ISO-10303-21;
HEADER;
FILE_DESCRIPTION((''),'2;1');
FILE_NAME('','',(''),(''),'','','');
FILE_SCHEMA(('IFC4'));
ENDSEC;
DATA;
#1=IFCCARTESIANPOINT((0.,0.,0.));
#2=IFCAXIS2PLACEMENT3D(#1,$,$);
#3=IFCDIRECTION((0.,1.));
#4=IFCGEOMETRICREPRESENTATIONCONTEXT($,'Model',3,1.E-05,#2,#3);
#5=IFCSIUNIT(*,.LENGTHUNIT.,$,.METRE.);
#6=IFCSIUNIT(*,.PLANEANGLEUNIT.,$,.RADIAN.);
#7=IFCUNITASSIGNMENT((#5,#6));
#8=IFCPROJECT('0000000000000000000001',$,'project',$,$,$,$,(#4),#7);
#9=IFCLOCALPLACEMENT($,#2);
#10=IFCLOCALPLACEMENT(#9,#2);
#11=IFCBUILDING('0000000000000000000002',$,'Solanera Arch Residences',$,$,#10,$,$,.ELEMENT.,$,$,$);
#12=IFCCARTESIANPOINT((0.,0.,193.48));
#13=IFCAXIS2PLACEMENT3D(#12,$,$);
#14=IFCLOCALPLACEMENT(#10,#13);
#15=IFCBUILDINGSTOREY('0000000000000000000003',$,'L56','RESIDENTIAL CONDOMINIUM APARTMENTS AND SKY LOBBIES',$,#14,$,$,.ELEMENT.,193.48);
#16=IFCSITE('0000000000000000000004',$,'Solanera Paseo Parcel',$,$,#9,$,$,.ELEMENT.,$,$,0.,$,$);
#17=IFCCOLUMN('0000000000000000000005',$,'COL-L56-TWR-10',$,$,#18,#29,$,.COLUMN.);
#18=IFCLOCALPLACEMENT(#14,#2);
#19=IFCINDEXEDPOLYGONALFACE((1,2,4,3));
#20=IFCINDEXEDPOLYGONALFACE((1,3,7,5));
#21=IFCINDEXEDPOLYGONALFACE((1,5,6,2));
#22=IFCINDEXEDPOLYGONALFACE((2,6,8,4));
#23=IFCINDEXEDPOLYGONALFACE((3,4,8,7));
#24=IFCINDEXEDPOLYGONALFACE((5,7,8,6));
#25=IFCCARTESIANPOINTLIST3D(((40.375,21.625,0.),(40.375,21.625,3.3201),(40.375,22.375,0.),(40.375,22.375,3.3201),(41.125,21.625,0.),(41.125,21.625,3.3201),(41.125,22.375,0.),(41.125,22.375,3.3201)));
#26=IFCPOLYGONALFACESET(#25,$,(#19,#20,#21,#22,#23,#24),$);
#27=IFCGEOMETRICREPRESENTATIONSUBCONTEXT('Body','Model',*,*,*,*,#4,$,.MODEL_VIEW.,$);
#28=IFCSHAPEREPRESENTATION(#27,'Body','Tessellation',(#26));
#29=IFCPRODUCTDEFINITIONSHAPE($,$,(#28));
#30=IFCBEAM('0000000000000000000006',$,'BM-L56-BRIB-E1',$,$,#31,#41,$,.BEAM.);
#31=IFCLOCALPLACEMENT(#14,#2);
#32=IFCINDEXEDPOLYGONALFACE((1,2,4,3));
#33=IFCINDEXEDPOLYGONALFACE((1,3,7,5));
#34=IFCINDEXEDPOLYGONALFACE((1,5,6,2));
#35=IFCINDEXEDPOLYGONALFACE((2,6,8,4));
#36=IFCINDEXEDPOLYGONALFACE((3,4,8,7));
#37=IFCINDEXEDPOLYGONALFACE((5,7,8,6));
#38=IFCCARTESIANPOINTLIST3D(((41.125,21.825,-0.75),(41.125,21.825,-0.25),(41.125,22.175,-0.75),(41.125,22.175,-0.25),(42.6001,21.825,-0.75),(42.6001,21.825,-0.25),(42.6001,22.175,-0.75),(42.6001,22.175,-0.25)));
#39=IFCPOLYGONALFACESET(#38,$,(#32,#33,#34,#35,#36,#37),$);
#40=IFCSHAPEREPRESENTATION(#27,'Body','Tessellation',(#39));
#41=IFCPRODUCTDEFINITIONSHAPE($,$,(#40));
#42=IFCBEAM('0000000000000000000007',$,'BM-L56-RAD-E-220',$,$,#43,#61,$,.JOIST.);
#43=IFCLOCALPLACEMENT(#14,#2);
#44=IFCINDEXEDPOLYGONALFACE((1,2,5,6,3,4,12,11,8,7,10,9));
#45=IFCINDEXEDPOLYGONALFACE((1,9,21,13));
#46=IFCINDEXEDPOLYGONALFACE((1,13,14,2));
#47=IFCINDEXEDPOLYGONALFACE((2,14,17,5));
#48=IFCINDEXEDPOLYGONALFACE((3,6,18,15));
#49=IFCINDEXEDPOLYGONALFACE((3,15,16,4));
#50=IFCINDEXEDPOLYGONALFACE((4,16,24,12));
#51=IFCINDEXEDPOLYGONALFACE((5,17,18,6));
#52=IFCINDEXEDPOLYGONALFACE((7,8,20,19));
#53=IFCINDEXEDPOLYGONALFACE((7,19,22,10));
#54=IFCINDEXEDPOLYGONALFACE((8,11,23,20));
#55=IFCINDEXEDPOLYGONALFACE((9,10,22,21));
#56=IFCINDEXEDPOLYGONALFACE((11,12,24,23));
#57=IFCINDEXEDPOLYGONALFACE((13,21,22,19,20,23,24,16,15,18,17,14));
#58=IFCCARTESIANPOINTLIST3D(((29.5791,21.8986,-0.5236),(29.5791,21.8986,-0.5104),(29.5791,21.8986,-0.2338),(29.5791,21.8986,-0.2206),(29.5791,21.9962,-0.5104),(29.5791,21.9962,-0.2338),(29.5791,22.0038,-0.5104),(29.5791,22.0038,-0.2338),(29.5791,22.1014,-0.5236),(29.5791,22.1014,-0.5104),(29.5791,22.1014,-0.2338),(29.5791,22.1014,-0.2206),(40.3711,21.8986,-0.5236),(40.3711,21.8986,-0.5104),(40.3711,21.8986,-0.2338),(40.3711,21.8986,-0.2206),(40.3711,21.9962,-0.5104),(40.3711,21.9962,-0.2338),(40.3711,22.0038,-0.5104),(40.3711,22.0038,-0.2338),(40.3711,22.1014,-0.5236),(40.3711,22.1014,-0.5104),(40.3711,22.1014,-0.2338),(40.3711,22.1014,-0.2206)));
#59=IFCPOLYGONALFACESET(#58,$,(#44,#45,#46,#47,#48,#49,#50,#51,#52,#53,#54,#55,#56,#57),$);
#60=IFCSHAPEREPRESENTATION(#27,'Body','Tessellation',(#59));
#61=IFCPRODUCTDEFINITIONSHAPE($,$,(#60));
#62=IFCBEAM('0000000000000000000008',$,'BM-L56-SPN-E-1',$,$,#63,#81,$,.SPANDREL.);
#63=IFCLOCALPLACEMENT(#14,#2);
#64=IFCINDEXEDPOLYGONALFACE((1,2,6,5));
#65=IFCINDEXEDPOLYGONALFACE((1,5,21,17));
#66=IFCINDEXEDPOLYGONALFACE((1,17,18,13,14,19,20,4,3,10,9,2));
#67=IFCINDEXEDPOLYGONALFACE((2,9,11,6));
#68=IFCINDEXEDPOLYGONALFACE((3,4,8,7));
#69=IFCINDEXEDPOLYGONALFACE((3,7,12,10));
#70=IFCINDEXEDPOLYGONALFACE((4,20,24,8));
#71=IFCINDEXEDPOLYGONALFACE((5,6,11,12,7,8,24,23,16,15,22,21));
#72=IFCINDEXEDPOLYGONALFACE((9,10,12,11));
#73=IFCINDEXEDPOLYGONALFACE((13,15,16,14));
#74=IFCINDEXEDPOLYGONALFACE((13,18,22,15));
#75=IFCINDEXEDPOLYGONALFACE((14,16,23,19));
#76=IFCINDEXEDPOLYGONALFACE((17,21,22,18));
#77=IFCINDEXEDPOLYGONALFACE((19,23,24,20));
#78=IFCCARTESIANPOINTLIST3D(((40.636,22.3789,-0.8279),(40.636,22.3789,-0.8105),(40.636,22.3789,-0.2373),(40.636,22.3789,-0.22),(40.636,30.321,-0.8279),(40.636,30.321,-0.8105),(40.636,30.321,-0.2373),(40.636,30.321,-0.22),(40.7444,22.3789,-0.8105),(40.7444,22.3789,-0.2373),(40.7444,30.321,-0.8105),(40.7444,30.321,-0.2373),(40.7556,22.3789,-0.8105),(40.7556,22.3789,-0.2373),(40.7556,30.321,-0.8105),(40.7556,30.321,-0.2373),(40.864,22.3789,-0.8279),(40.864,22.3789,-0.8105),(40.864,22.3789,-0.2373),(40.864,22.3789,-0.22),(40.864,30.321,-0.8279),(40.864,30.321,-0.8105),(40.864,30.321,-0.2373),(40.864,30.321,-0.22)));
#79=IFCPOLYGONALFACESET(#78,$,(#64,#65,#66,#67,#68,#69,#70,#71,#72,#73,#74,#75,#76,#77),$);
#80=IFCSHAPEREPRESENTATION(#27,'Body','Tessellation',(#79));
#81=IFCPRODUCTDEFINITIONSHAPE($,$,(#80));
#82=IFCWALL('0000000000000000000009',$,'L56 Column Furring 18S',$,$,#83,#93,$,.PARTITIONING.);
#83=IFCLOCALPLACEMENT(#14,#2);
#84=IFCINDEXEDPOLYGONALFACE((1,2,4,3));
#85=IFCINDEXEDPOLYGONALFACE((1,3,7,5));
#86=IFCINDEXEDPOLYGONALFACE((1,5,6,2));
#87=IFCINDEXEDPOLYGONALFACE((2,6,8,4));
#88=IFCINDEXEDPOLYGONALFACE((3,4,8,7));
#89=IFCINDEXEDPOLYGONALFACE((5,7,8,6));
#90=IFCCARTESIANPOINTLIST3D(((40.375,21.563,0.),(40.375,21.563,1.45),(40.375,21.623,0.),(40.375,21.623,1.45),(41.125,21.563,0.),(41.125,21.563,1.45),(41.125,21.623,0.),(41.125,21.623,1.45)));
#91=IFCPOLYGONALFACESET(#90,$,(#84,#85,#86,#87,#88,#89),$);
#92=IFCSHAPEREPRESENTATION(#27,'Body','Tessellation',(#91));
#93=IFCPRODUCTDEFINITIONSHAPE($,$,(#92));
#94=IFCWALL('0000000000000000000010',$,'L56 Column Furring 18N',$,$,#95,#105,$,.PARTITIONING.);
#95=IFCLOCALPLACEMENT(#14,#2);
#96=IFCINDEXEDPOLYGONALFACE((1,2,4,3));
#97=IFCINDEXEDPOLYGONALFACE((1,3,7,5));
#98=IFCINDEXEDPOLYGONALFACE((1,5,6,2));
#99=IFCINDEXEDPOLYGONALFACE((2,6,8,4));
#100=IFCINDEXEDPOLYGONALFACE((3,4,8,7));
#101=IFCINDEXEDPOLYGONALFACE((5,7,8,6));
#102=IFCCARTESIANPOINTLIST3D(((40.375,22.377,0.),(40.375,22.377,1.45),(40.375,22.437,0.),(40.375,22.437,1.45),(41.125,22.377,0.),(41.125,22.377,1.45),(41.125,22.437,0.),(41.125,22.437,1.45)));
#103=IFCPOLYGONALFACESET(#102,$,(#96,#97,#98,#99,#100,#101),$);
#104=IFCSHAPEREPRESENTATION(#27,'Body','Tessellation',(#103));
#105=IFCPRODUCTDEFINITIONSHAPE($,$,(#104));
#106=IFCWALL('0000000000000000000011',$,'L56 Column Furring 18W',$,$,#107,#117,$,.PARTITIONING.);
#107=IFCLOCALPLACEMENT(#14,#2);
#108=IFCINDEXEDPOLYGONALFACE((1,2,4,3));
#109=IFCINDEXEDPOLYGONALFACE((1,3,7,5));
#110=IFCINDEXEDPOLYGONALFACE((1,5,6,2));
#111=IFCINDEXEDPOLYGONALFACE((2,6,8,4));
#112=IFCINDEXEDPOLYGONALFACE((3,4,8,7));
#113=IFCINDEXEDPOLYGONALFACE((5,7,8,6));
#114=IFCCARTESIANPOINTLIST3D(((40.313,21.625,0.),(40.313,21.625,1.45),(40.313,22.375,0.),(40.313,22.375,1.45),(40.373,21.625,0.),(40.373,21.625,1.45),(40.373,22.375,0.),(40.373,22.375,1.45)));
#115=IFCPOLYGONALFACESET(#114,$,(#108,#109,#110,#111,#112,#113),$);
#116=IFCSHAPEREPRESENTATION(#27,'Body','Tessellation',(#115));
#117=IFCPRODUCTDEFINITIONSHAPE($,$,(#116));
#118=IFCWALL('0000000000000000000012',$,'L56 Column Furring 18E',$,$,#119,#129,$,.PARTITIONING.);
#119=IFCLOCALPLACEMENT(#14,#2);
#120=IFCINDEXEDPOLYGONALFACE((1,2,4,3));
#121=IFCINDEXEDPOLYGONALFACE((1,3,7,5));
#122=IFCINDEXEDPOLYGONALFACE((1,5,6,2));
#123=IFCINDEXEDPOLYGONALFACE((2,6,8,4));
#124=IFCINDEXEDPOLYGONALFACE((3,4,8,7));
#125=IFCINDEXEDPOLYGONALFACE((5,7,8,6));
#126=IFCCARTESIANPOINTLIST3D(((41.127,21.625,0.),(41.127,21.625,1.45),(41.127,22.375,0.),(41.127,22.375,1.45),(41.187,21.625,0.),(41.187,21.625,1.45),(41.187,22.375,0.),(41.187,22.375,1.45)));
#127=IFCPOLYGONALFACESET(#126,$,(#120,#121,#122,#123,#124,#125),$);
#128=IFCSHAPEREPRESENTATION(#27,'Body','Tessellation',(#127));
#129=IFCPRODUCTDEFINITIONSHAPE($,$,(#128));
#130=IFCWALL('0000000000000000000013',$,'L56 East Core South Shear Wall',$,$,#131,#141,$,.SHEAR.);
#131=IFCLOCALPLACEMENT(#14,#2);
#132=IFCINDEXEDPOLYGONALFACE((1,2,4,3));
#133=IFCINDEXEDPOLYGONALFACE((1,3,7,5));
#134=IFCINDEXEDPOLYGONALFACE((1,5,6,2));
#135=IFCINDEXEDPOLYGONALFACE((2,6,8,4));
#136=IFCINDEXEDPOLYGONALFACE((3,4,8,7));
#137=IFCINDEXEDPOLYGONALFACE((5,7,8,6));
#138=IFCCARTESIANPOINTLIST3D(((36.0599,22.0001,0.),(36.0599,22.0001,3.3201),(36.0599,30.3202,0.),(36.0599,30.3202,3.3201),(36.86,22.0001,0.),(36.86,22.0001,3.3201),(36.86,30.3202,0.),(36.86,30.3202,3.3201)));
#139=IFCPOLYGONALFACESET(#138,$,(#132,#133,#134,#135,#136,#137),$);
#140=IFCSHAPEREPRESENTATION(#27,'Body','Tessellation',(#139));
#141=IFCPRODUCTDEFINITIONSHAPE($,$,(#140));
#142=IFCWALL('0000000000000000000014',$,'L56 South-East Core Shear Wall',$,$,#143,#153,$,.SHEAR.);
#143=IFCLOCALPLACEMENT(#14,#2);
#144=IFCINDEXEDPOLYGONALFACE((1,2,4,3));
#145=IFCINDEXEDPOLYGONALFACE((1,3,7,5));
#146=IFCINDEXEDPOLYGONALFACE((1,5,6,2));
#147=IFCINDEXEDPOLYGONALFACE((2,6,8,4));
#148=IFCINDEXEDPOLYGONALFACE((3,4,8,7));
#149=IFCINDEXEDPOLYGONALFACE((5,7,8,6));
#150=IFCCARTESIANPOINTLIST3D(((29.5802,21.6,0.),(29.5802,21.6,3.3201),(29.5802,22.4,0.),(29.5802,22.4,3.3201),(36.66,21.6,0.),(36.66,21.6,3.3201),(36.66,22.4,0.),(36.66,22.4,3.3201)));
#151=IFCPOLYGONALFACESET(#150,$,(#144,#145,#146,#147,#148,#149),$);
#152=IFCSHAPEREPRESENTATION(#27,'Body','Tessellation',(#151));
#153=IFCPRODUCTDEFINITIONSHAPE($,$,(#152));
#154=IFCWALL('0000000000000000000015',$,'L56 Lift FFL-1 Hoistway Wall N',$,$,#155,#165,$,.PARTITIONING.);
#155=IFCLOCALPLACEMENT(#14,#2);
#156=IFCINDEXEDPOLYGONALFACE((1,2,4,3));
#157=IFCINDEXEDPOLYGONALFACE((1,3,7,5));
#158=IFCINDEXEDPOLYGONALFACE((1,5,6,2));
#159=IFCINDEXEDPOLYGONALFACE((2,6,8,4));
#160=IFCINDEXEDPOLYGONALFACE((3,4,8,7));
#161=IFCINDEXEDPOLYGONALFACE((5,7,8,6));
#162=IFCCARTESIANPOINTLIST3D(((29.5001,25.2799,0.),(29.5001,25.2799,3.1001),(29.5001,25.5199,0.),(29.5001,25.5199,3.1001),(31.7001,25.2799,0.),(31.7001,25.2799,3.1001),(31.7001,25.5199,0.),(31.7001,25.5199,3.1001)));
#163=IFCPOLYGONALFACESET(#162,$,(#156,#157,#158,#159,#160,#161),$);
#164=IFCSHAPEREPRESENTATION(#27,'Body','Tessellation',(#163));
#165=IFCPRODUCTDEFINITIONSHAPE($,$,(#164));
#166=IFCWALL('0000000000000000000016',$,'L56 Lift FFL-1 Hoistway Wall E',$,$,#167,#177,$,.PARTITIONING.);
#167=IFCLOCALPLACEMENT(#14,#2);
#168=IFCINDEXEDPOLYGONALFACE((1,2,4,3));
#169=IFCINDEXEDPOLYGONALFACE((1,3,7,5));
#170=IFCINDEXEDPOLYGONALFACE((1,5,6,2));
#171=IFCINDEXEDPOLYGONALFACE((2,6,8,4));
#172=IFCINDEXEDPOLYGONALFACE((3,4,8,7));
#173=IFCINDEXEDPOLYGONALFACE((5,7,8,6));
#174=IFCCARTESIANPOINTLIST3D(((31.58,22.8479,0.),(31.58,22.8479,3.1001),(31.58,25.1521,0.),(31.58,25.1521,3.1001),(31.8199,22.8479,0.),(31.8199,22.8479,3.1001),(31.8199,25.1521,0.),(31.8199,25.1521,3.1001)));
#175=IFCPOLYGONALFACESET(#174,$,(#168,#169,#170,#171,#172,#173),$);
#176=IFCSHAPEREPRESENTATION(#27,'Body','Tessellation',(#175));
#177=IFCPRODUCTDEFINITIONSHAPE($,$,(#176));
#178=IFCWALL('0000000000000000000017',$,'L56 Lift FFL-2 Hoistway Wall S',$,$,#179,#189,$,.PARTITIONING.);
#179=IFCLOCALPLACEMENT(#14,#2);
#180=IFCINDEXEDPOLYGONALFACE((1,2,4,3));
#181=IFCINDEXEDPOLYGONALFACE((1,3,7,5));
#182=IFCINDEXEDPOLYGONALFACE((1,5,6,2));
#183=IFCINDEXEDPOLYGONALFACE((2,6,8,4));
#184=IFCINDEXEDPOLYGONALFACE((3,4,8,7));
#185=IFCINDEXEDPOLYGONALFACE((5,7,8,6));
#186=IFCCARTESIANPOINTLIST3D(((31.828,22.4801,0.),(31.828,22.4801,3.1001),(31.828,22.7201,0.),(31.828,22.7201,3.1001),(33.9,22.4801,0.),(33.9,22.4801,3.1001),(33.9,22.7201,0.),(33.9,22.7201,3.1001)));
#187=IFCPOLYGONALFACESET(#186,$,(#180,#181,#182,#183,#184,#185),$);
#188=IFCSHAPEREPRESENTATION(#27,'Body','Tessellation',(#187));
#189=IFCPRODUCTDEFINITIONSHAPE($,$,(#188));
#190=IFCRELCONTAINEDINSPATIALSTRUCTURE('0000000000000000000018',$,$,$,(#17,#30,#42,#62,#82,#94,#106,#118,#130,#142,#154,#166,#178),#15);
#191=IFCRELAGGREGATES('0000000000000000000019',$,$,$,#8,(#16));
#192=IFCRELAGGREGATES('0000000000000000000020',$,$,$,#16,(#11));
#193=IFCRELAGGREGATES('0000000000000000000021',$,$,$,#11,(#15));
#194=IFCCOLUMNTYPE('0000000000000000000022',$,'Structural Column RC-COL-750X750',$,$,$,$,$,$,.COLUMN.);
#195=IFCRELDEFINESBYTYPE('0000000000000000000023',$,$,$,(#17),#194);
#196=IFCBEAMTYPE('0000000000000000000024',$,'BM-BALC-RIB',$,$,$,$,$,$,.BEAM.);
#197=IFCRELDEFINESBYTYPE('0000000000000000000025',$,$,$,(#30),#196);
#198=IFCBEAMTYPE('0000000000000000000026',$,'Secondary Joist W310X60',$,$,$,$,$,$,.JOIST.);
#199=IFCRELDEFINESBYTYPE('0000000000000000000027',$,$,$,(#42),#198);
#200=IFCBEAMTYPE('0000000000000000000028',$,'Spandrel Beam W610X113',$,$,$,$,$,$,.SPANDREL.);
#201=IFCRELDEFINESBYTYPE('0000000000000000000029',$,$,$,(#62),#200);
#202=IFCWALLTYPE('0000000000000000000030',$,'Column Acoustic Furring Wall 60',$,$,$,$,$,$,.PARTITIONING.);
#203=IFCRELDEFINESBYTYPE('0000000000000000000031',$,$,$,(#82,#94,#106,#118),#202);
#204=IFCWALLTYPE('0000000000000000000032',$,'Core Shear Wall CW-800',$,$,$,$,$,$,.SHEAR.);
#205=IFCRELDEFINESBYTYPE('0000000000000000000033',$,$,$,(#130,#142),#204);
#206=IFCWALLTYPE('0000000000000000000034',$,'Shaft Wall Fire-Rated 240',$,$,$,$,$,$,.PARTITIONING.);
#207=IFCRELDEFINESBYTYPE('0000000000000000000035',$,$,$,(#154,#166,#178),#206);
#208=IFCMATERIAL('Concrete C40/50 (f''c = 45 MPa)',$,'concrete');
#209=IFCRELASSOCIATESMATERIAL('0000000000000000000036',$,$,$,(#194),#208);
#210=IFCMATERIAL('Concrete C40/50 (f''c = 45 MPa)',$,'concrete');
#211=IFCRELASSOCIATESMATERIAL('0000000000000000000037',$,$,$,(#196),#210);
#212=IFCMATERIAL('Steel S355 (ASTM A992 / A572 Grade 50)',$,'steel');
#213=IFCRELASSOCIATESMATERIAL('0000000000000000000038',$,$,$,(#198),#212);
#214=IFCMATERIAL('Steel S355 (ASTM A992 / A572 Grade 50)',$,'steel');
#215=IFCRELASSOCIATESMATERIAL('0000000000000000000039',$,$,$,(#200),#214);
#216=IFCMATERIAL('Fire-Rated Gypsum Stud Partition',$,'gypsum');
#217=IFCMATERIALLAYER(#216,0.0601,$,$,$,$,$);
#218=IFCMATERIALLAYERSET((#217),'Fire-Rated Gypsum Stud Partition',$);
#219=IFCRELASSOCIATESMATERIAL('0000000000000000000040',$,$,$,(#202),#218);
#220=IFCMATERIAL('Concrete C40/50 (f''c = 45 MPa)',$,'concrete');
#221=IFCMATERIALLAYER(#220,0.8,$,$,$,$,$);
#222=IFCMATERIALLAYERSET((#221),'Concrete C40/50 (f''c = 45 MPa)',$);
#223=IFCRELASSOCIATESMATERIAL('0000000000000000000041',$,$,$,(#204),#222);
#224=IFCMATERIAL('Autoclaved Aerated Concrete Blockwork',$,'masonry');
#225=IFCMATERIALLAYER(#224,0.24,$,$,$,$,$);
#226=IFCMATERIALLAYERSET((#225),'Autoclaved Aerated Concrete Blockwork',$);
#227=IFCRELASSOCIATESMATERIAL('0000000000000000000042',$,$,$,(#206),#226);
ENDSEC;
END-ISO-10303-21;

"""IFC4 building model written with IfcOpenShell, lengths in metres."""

from ifc_helpers import new_model, si_unit, direction, frame, frame_2d, origin, origin_2d, place, context, subcontext, project, spatial, rectangle, i_section, extrude, material, layer, layer_set, material_profile, profile_set, type_object, element, save


model = new_model("IFC4")

# Units and contexts
model_context = context("Model", 3, precision=1e-05, world=origin(), true_north=direction((0.0, 1.0)))
body_context = subcontext(model_context, "Body", "Model", "MODEL_VIEW")
ifc_project = project(units=[si_unit("LENGTHUNIT", "METRE"), si_unit("PLANEANGLEUNIT", "RADIAN")], contexts=[model_context])

# Site, building, storey
site_placement = place(None, origin())
site = spatial("IfcSite", under=ifc_project, at=site_placement, Name="Solanera Paseo Parcel", CompositionType="ELEMENT", RefElevation=0.0)
building_placement = place(site_placement, origin())
building = spatial("IfcBuilding", under=site, at=building_placement, Name="Solanera Arch Residences", CompositionType="ELEMENT")
storey_placement = place(building_placement, frame((0.0, 0.0, 193.48)))
storey = spatial("IfcBuildingStorey", under=building, at=storey_placement, Name="L56", Description="RESIDENTIAL CONDOMINIUM APARTMENTS AND SKY LOBBIES", CompositionType="ELEMENT", Elevation=193.48)

# Column
ifc_material_1 = material(Name="Concrete C40/50 (f'c = 45 MPa)", Category="concrete")
ifc_material_profile_1 = material_profile(ifc_material_1, rectangle(XDim=0.75, YDim=0.75, at=origin_2d()))
ifc_profile_set_1 = profile_set([ifc_material_profile_1], Name="Concrete C40/50 (f'c = 45 MPa)")
column_type = type_object("IfcColumnType", Name="Structural Column RC-COL-750X750", PredefinedType="COLUMN", material=ifc_profile_set_1)
column_placement = place(storey_placement, frame((40.75, 22.0, 0.0), z_axis=(0.0, 0.0, 1.0), x_axis=(1.0, 0.0, 0.0)))
element("IfcColumn", 1, at=column_placement, inside=storey, type_object=column_type, Name="COL-L56-TWR-10", PredefinedType="COLUMN", context=body_context, shape_type="SweptSolid", body=[
    extrude(rectangle(XDim=0.75, YDim=0.75, at=origin_2d()), origin(), (0.0, 0.0, 1.0), 3.3201),
])

# Beams
ifc_material_2 = material(Name="Concrete C40/50 (f'c = 45 MPa)", Category="concrete")
ifc_material_profile_2 = material_profile(ifc_material_2, rectangle(XDim=0.3501, YDim=0.5, at=origin_2d()))
ifc_profile_set_2 = profile_set([ifc_material_profile_2], Name="Concrete C40/50 (f'c = 45 MPa)")
beam_type_1 = type_object("IfcBeamType", Name="BM-BALC-RIB", PredefinedType="BEAM", material=ifc_profile_set_2)
beam_1_placement = place(storey_placement, frame((41.125, 22.0, -0.5), z_axis=(1.0, 0.0, 0.0), x_axis=(0.0, 1.0, 0.0)))
element("IfcBeam", 2, at=beam_1_placement, inside=storey, type_object=beam_type_1, Name="BM-L56-BRIB-E1", PredefinedType="BEAM", context=body_context, shape_type="SweptSolid", body=[
    extrude(rectangle(XDim=0.3501, YDim=0.5, at=origin_2d()), origin(), (0.0, 0.0, 1.0), 1.4751),
])
ifc_material_3 = material(Name="Steel S355 (ASTM A992 / A572 Grade 50)", Category="steel")
ifc_material_profile_3 = material_profile(ifc_material_3, i_section(OverallWidth=0.2029, OverallDepth=0.303, WebThickness=0.0076, FlangeThickness=0.0132, at=origin_2d()))
ifc_profile_set_3 = profile_set([ifc_material_profile_3], Name="Steel S355 (ASTM A992 / A572 Grade 50)")
beam_type_2 = type_object("IfcBeamType", Name="Secondary Joist W310X60", PredefinedType="JOIST", material=ifc_profile_set_3)
beam_2_placement = place(storey_placement, frame((29.5791, 22.0, -0.3721), z_axis=(1.0, 0.0, 0.0), x_axis=(0.0, 1.0, 0.0)))
element("IfcBeam", 3, at=beam_2_placement, inside=storey, type_object=beam_type_2, Name="BM-L56-RAD-E-220", PredefinedType="JOIST", context=body_context, shape_type="SweptSolid", body=[
    extrude(i_section(OverallWidth=0.2029, OverallDepth=0.303, WebThickness=0.0076, FlangeThickness=0.0132, at=origin_2d()), origin(), (0.0, 0.0, 1.0), 10.792),
])
ifc_material_4 = material(Name="Steel S355 (ASTM A992 / A572 Grade 50)", Category="steel")
ifc_material_profile_4 = material_profile(ifc_material_4, i_section(OverallWidth=0.228, OverallDepth=0.6079, WebThickness=0.0112, FlangeThickness=0.0173, at=origin_2d()))
ifc_profile_set_4 = profile_set([ifc_material_profile_4], Name="Steel S355 (ASTM A992 / A572 Grade 50)")
beam_type_3 = type_object("IfcBeamType", Name="Spandrel Beam W610X113", PredefinedType="SPANDREL", material=ifc_profile_set_4)
beam_3_placement = place(storey_placement, frame((40.75, 22.3789, -0.5239), z_axis=(0.0, 1.0, 0.0), x_axis=(-1.0, 0.0, 0.0)))
element("IfcBeam", 4, at=beam_3_placement, inside=storey, type_object=beam_type_3, Name="BM-L56-SPN-E-1", PredefinedType="SPANDREL", context=body_context, shape_type="SweptSolid", body=[
    extrude(i_section(OverallWidth=0.228, OverallDepth=0.6079, WebThickness=0.0112, FlangeThickness=0.0173, at=origin_2d()), origin(), (0.0, 0.0, 1.0), 7.9421),
])

# Walls
ifc_material_5 = material(Name="Fire-Rated Gypsum Stud Partition", Category="gypsum")
ifc_layer_1 = layer(ifc_material_5, 0.0601)
ifc_layer_set_1 = layer_set([ifc_layer_1], Name="Fire-Rated Gypsum Stud Partition")
wall_type_1 = type_object("IfcWallType", Name="Column Acoustic Furring Wall 60", PredefinedType="PARTITIONING", material=ifc_layer_set_1)
for number, where, z_axis, x_axis, name in (
    (5, (40.375, 21.593, 0.0), (0.0, 0.0, 1.0), (1.0, 0.0, 0.0), "L56 Column Furring 18S"),
    (6, (40.375, 22.407, 0.0), (0.0, 0.0, 1.0), (1.0, 0.0, 0.0), "L56 Column Furring 18N"),
    (7, (40.343, 21.625, 0.0), (0.0, 0.0, 1.0), (0.0, 1.0, 0.0), "L56 Column Furring 18W"),
    (8, (41.157, 21.625, 0.0), (0.0, 0.0, 1.0), (0.0, 1.0, 0.0), "L56 Column Furring 18E"),
):
    element("IfcWall", number, at=place(storey_placement, frame(where, z_axis=z_axis, x_axis=x_axis)), inside=storey, type_object=wall_type_1, Name=name, PredefinedType="PARTITIONING", context=body_context, shape_type="SweptSolid", body=[
        extrude(rectangle(XDim=0.75, YDim=0.0601, at=frame_2d((0.375, 0.0))), origin(), (0.0, 0.0, 1.0), 1.45),
    ])
ifc_material_6 = material(Name="Concrete C40/50 (f'c = 45 MPa)", Category="concrete")
ifc_layer_2 = layer(ifc_material_6, 0.8)
ifc_layer_set_2 = layer_set([ifc_layer_2], Name="Concrete C40/50 (f'c = 45 MPa)")
wall_type_2 = type_object("IfcWallType", Name="Core Shear Wall CW-800", PredefinedType="SHEAR", material=ifc_layer_set_2)
wall_1_placement = place(storey_placement, frame((36.46, 22.0, 0.0), z_axis=(0.0, 0.0, 1.0), x_axis=(0.0, 1.0, 0.0)))
element("IfcWall", 9, at=wall_1_placement, inside=storey, type_object=wall_type_2, Name="L56 East Core South Shear Wall", PredefinedType="SHEAR", context=body_context, shape_type="SweptSolid", body=[
    extrude(rectangle(XDim=8.3201, YDim=0.8, at=frame_2d((4.1602, 0.0))), origin(), (0.0, 0.0, 1.0), 3.3201),
])
wall_2_placement = place(storey_placement, frame((29.5801, 22.0, 0.0), z_axis=(0.0, 0.0, 1.0), x_axis=(1.0, 0.0, 0.0)))
element("IfcWall", 10, at=wall_2_placement, inside=storey, type_object=wall_type_2, Name="L56 South-East Core Shear Wall", PredefinedType="SHEAR", context=body_context, shape_type="SweptSolid", body=[
    extrude(rectangle(XDim=7.0798, YDim=0.8, at=frame_2d((3.54, 0.0))), origin(), (0.0, 0.0, 1.0), 3.3201),
])
ifc_material_7 = material(Name="Autoclaved Aerated Concrete Blockwork", Category="masonry")
ifc_layer_3 = layer(ifc_material_7, 0.24)
ifc_layer_set_3 = layer_set([ifc_layer_3], Name="Autoclaved Aerated Concrete Blockwork")
wall_type_3 = type_object("IfcWallType", Name="Shaft Wall Fire-Rated 240", PredefinedType="PARTITIONING", material=ifc_layer_set_3)
wall_3_placement = place(storey_placement, frame((29.5, 25.3999, 0.0), z_axis=(0.0, 0.0, 1.0), x_axis=(1.0, 0.0, 0.0)))
element("IfcWall", 11, at=wall_3_placement, inside=storey, type_object=wall_type_3, Name="L56 Lift FFL-1 Hoistway Wall N", PredefinedType="PARTITIONING", context=body_context, shape_type="SweptSolid", body=[
    extrude(rectangle(XDim=2.2, YDim=0.24, at=frame_2d((1.1001, 0.0))), origin(), (0.0, 0.0, 1.0), 3.1001),
])
wall_4_placement = place(storey_placement, frame((31.7, 22.8479, 0.0), z_axis=(0.0, 0.0, 1.0), x_axis=(0.0, 1.0, 0.0)))
element("IfcWall", 12, at=wall_4_placement, inside=storey, type_object=wall_type_3, Name="L56 Lift FFL-1 Hoistway Wall E", PredefinedType="PARTITIONING", context=body_context, shape_type="SweptSolid", body=[
    extrude(rectangle(XDim=2.3042, YDim=0.24, at=frame_2d((1.1521, 0.0))), origin(), (0.0, 0.0, 1.0), 3.1001),
])
for number, where, z_axis, x_axis, name in (
    (13, (31.8279, 22.6001, 0.0), (0.0, 0.0, 1.0), (1.0, 0.0, 0.0), "L56 Lift FFL-2 Hoistway Wall S"),
):
    element("IfcWall", number, at=place(storey_placement, frame(where, z_axis=z_axis, x_axis=x_axis)), inside=storey, type_object=wall_type_3, Name=name, PredefinedType="PARTITIONING", context=body_context, shape_type="SweptSolid", body=[
        extrude(rectangle(XDim=2.072, YDim=0.24, at=frame_2d((1.0361, 0.0))), origin(), (0.0, 0.0, 1.0), 3.1001),
    ])

save(model, "model.ifc")
